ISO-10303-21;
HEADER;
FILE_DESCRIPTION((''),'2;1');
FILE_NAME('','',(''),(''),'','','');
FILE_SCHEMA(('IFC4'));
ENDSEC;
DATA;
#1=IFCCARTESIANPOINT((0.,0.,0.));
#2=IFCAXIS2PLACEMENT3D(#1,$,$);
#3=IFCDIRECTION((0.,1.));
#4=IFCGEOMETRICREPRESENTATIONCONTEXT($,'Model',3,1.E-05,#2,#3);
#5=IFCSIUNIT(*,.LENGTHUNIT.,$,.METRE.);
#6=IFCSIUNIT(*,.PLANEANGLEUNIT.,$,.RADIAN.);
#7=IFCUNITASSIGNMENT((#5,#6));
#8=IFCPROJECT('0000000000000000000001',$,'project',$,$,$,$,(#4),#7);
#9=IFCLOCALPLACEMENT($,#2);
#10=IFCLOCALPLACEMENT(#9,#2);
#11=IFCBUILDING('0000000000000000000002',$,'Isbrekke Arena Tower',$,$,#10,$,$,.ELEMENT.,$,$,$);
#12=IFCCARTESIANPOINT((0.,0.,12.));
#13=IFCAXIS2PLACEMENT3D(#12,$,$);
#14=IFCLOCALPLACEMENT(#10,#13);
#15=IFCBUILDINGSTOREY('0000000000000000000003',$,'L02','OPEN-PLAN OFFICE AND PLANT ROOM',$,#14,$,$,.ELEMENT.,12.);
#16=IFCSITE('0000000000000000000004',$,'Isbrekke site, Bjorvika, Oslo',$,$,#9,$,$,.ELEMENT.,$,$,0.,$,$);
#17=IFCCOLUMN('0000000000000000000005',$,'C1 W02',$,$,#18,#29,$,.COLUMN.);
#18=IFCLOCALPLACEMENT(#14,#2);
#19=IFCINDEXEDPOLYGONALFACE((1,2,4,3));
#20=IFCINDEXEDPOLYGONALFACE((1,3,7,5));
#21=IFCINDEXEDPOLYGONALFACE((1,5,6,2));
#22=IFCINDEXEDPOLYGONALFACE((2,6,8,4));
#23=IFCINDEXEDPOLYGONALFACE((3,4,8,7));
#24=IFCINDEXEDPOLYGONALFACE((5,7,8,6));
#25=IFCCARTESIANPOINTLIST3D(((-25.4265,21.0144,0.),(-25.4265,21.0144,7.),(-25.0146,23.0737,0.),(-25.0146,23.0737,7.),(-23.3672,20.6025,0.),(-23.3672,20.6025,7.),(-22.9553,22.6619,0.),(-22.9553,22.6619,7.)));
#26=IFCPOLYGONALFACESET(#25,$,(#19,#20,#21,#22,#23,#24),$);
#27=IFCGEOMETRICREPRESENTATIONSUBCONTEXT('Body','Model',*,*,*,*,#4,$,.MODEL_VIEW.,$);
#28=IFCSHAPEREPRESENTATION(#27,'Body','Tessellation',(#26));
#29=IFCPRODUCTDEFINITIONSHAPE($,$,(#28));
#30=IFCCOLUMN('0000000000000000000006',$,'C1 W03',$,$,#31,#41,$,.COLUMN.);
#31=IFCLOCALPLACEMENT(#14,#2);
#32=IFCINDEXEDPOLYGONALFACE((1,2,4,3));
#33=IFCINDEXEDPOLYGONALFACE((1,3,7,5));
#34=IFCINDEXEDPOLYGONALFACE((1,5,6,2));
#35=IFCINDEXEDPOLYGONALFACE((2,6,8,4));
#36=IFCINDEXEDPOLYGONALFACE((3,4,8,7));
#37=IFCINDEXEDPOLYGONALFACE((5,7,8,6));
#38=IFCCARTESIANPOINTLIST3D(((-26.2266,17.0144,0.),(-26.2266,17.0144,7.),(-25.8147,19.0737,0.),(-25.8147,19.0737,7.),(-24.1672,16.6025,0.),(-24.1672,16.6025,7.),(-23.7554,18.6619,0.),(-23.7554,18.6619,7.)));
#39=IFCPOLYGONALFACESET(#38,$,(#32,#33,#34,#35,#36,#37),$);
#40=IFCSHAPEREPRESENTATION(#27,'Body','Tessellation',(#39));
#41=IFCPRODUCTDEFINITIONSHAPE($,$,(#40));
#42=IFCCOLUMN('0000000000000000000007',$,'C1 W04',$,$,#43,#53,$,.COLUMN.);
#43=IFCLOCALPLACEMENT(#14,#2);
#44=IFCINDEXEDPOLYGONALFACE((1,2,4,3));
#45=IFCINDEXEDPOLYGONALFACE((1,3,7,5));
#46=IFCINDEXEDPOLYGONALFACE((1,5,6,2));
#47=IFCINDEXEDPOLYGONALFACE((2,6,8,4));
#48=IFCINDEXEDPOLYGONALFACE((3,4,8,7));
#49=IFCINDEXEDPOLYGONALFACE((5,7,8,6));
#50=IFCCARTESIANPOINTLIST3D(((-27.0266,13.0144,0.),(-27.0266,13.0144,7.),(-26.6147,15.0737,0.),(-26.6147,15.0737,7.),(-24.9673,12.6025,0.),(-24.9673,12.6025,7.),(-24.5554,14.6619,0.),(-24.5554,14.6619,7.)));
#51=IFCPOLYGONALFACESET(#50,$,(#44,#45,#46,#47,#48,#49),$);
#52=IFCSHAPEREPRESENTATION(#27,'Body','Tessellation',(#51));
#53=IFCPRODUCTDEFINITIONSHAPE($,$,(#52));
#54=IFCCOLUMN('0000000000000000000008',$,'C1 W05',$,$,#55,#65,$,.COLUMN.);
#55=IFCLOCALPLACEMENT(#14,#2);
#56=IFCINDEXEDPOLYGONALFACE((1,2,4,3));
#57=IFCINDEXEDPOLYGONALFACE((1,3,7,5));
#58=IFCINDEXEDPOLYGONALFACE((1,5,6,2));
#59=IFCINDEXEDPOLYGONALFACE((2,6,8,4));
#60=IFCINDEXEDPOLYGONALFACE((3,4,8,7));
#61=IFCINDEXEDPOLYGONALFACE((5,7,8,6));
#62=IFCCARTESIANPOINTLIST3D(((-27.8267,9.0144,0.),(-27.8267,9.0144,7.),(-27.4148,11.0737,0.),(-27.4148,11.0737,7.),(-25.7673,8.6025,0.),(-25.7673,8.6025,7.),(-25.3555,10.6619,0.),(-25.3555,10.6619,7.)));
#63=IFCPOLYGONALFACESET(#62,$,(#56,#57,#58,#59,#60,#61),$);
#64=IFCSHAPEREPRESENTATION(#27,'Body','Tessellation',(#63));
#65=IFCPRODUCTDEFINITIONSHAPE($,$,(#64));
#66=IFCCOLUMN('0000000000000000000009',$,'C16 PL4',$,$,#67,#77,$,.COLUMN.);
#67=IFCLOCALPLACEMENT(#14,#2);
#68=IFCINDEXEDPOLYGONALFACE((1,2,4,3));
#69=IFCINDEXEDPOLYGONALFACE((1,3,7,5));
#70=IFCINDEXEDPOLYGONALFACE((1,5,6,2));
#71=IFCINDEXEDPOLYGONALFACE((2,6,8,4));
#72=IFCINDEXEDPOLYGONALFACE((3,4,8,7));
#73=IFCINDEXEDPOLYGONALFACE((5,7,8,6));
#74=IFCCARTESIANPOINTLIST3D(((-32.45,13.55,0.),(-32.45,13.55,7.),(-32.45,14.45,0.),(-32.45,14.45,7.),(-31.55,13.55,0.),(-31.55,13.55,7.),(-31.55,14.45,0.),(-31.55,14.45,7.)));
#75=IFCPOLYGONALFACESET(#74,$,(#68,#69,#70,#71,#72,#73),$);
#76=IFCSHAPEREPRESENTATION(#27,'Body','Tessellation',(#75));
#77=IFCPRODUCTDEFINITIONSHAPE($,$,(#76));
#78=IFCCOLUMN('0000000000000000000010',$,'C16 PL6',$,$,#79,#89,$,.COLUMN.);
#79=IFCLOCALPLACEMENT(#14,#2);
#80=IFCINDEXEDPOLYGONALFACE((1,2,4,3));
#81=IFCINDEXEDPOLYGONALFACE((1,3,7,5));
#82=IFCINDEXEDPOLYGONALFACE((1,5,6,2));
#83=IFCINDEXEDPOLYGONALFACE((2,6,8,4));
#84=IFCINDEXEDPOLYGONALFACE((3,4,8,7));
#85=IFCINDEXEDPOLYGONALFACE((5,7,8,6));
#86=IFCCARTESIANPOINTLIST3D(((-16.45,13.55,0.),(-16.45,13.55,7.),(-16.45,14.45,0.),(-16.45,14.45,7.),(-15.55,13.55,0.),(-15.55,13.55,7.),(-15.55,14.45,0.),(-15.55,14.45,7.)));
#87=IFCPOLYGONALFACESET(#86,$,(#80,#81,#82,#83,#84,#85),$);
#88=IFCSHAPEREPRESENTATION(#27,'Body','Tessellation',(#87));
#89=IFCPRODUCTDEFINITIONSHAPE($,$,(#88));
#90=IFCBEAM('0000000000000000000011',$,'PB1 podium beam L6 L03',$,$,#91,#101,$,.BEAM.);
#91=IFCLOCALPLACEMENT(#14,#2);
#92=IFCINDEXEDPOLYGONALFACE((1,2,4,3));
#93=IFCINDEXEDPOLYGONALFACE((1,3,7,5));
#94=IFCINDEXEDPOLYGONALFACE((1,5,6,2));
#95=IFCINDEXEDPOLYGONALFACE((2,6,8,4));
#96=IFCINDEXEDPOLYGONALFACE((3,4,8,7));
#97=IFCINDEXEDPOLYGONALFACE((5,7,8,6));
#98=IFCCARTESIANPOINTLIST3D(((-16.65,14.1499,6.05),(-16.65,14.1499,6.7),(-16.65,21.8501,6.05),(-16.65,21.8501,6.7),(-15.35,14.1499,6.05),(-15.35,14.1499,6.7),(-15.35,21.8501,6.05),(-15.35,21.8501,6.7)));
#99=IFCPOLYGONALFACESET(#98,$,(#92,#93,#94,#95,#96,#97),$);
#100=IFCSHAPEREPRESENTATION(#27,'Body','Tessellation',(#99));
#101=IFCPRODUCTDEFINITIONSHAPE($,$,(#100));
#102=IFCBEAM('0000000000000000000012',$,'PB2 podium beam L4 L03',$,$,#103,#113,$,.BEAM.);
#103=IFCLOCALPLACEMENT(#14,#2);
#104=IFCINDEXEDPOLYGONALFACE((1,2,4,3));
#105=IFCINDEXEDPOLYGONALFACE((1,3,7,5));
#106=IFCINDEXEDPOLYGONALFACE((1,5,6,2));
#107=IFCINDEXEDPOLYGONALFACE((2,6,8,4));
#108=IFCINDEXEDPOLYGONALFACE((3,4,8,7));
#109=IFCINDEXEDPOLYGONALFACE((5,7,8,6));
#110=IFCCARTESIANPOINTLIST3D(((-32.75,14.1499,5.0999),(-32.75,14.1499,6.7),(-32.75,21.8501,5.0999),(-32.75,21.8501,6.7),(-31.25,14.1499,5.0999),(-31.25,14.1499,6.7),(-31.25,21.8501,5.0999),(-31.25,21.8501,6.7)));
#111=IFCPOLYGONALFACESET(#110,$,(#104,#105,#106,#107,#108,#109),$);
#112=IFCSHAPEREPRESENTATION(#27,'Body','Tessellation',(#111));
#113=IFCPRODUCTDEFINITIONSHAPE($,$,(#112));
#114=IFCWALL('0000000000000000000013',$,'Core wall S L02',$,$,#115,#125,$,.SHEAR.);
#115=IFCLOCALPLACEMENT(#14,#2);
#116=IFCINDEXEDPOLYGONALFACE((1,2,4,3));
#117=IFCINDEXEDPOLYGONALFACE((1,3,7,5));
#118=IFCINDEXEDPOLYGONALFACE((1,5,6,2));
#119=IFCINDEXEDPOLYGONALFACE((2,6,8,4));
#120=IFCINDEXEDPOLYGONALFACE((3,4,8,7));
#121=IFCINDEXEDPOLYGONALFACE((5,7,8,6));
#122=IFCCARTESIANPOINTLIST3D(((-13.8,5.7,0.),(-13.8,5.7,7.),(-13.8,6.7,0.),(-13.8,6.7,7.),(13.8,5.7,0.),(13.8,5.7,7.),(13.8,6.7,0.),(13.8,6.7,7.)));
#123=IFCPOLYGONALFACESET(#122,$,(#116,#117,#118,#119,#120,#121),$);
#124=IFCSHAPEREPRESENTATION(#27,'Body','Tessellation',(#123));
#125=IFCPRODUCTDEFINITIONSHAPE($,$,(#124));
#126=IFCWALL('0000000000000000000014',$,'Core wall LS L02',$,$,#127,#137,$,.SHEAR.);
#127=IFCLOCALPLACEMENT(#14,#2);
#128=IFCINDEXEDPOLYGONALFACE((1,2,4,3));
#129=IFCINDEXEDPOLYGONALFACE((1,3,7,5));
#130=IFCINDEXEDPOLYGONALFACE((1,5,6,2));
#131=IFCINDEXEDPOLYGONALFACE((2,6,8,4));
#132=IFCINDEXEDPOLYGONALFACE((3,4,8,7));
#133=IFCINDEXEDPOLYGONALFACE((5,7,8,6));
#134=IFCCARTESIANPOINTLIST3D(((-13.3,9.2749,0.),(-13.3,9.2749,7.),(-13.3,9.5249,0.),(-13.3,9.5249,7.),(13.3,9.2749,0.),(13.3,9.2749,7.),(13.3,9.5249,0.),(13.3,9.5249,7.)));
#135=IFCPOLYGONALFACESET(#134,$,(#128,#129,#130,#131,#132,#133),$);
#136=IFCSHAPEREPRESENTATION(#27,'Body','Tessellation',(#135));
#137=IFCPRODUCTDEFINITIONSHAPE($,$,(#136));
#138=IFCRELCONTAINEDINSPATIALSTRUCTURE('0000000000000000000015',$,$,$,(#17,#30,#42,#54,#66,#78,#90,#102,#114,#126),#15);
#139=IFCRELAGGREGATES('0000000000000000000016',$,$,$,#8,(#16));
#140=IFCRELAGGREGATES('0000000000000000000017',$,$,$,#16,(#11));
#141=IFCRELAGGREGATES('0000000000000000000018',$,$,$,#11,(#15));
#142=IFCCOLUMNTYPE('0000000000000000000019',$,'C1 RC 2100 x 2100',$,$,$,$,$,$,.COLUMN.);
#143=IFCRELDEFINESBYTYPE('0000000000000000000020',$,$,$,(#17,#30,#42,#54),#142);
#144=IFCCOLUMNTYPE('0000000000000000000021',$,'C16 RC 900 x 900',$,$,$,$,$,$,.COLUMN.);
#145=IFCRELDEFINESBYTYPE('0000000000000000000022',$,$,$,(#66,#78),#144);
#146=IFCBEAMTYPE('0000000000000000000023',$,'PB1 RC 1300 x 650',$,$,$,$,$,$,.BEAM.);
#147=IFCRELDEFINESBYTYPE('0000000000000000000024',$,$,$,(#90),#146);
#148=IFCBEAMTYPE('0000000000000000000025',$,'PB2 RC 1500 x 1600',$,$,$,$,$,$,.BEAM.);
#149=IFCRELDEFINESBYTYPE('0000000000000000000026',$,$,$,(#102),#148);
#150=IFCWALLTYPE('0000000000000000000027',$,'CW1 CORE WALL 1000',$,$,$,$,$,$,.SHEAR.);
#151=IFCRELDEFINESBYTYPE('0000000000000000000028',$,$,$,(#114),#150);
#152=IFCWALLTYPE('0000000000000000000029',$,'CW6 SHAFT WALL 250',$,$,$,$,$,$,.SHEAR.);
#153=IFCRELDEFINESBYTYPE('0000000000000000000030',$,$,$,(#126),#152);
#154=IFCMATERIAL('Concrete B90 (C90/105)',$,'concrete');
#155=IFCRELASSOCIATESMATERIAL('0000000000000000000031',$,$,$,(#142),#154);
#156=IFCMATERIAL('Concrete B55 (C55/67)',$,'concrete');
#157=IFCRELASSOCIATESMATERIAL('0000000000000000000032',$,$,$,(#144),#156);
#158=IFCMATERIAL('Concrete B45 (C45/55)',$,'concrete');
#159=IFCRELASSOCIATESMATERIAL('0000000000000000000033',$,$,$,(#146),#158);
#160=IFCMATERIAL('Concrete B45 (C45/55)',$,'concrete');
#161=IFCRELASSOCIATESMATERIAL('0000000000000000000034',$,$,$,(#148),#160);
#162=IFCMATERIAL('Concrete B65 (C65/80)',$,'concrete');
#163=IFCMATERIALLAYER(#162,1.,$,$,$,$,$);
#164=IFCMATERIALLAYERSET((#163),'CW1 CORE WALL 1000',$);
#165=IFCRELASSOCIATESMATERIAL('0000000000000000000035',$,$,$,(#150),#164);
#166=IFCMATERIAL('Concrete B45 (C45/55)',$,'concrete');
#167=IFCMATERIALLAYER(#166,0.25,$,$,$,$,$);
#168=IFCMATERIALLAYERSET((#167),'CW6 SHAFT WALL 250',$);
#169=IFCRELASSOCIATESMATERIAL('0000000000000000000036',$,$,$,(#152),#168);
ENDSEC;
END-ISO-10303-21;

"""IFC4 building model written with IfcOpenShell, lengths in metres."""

from ifc_helpers import new_model, si_unit, direction, frame, frame_2d, origin, origin_2d, place, context, subcontext, project, spatial, rectangle, extrude, material, layer, layer_set, material_profile, profile_set, type_object, element, save


model = new_model("IFC4")

# Units and contexts
model_context = context("Model", 3, precision=1e-05, world=origin(), true_north=direction((0.0, 1.0)))
body_context = subcontext(model_context, "Body", "Model", "MODEL_VIEW")
ifc_project = project(units=[si_unit("LENGTHUNIT", "METRE"), si_unit("PLANEANGLEUNIT", "RADIAN")], contexts=[model_context])

# Site, building, storey
site_placement = place(None, origin())
site = spatial("IfcSite", under=ifc_project, at=site_placement, Name="Isbrekke site, Bjorvika, Oslo", CompositionType="ELEMENT", RefElevation=0.0)
building_placement = place(site_placement, origin())
building = spatial("IfcBuilding", under=site, at=building_placement, Name="Isbrekke Arena Tower", CompositionType="ELEMENT")
storey_placement = place(building_placement, frame((0.0, 0.0, 12.0)))
storey = spatial("IfcBuildingStorey", under=building, at=storey_placement, Name="L02", Description="OPEN-PLAN OFFICE AND PLANT ROOM", CompositionType="ELEMENT", Elevation=12.0)

# Columns
ifc_material_1 = material(Name="Concrete B90 (C90/105)", Category="concrete")
ifc_material_profile_1 = material_profile(ifc_material_1, rectangle(XDim=2.1001, YDim=2.1001, at=origin_2d()), Name="RC 2100x2100")
ifc_profile_set_1 = profile_set([ifc_material_profile_1], Name="Concrete B90 (C90/105)")
column_type_1 = type_object("IfcColumnType", Name="C1 RC 2100 x 2100", PredefinedType="COLUMN", material=ifc_profile_set_1)
for number, where, z_axis, x_axis, name in (
    (1, (-24.1909, 21.8381, 0.0), (0.0, 0.0, 1.0), (-0.196116, -0.980581, 0.0), "C1 W02"),
    (2, (-24.991, 17.8381, 0.0), (0.0, 0.0, 1.0), (-0.196116, -0.980581, 0.0), "C1 W03"),
    (3, (-25.791, 13.8381, 0.0), (0.0, 0.0, 1.0), (-0.196116, -0.980581, 0.0), "C1 W04"),
    (4, (-26.5911, 9.8381, 0.0), (0.0, 0.0, 1.0), (-0.196116, -0.980581, 0.0), "C1 W05"),
):
    element("IfcColumn", number, at=place(storey_placement, frame(where, z_axis=z_axis, x_axis=x_axis)), inside=storey, type_object=column_type_1, Name=name, PredefinedType="COLUMN", context=body_context, shape_type="SweptSolid", body=[
        extrude(rectangle(XDim=2.1001, YDim=2.1001, at=origin_2d()), origin(), (0.0, 0.0, 1.0), 7.0),
    ])
ifc_material_2 = material(Name="Concrete B55 (C55/67)", Category="concrete")
ifc_material_profile_2 = material_profile(ifc_material_2, rectangle(XDim=0.8999, YDim=0.8999, at=origin_2d()), Name="RC 900x900")
ifc_profile_set_2 = profile_set([ifc_material_profile_2], Name="Concrete B55 (C55/67)")
column_type_2 = type_object("IfcColumnType", Name="C16 RC 900 x 900", PredefinedType="COLUMN", material=ifc_profile_set_2)
for number, where, z_axis, x_axis, name in (
    (5, (-32.0, 14.0, 0.0), (0.0, 0.0, 1.0), (1.0, 0.0, 0.0), "C16 PL4"),
    (6, (-16.0, 14.0, 0.0), (0.0, 0.0, 1.0), (1.0, 0.0, 0.0), "C16 PL6"),
):
    element("IfcColumn", number, at=place(storey_placement, frame(where, z_axis=z_axis, x_axis=x_axis)), inside=storey, type_object=column_type_2, Name=name, PredefinedType="COLUMN", context=body_context, shape_type="SweptSolid", body=[
        extrude(rectangle(XDim=0.8999, YDim=0.8999, at=origin_2d()), origin(), (0.0, 0.0, 1.0), 7.0),
    ])

# Beams
ifc_material_3 = material(Name="Concrete B45 (C45/55)", Category="concrete")
ifc_material_profile_3 = material_profile(ifc_material_3, rectangle(XDim=1.3, YDim=0.6499, at=origin_2d()), Name="RC 1300x650")
ifc_profile_set_3 = profile_set([ifc_material_profile_3], Name="Concrete B45 (C45/55)")
beam_type_1 = type_object("IfcBeamType", Name="PB1 RC 1300 x 650", PredefinedType="BEAM", material=ifc_profile_set_3)
beam_1_placement = place(storey_placement, frame((-16.0, 14.1499, 6.375), z_axis=(0.0, 1.0, 0.0), x_axis=(-1.0, 0.0, 0.0)))
element("IfcBeam", 7, at=beam_1_placement, inside=storey, type_object=beam_type_1, Name="PB1 podium beam L6 L03", PredefinedType="BEAM", context=body_context, shape_type="SweptSolid", body=[
    extrude(rectangle(XDim=1.3, YDim=0.6499, at=origin_2d()), origin(), (0.0, 0.0, 1.0), 7.7002),
])
ifc_material_4 = material(Name="Concrete B45 (C45/55)", Category="concrete")
ifc_material_profile_4 = material_profile(ifc_material_4, rectangle(XDim=1.5, YDim=1.6001, at=origin_2d()), Name="RC 1500x1600")
ifc_profile_set_4 = profile_set([ifc_material_profile_4], Name="Concrete B45 (C45/55)")
beam_type_2 = type_object("IfcBeamType", Name="PB2 RC 1500 x 1600", PredefinedType="BEAM", material=ifc_profile_set_4)
beam_2_placement = place(storey_placement, frame((-32.0, 14.1499, 5.8999), z_axis=(0.0, 1.0, 0.0), x_axis=(-1.0, 0.0, 0.0)))
element("IfcBeam", 8, at=beam_2_placement, inside=storey, type_object=beam_type_2, Name="PB2 podium beam L4 L03", PredefinedType="BEAM", context=body_context, shape_type="SweptSolid", body=[
    extrude(rectangle(XDim=1.5, YDim=1.6001, at=origin_2d()), origin(), (0.0, 0.0, 1.0), 7.7002),
])

# Walls
ifc_material_5 = material(Name="Concrete B65 (C65/80)", Category="concrete")
ifc_layer_1 = layer(ifc_material_5, 1.0)
ifc_layer_set_1 = layer_set([ifc_layer_1], Name="CW1 CORE WALL 1000")
wall_type_1 = type_object("IfcWallType", Name="CW1 CORE WALL 1000", PredefinedType="SHEAR", material=ifc_layer_set_1)
wall_1_placement = place(storey_placement, frame((-13.8, 6.2, 0.0), z_axis=(0.0, 0.0, 1.0), x_axis=(1.0, 0.0, 0.0)))
element("IfcWall", 9, at=wall_1_placement, inside=storey, type_object=wall_type_1, Name="Core wall S L02", PredefinedType="SHEAR", context=body_context, shape_type="SweptSolid", body=[
    extrude(rectangle(XDim=27.6001, YDim=1.0, at=frame_2d((13.8, 0.0))), origin(), (0.0, 0.0, 1.0), 7.0),
])
ifc_material_6 = material(Name="Concrete B45 (C45/55)", Category="concrete")
ifc_layer_2 = layer(ifc_material_6, 0.25)
ifc_layer_set_2 = layer_set([ifc_layer_2], Name="CW6 SHAFT WALL 250")
wall_type_2 = type_object("IfcWallType", Name="CW6 SHAFT WALL 250", PredefinedType="SHEAR", material=ifc_layer_set_2)
wall_2_placement = place(storey_placement, frame((-13.3, 9.3999, 0.0), z_axis=(0.0, 0.0, 1.0), x_axis=(1.0, 0.0, 0.0)))
element("IfcWall", 10, at=wall_2_placement, inside=storey, type_object=wall_type_2, Name="Core wall LS L02", PredefinedType="SHEAR", context=body_context, shape_type="SweptSolid", body=[
    extrude(rectangle(XDim=26.6001, YDim=0.25, at=frame_2d((13.3, 0.0))), origin(), (0.0, 0.0, 1.0), 7.0),
])

save(model, "model.ifc")
